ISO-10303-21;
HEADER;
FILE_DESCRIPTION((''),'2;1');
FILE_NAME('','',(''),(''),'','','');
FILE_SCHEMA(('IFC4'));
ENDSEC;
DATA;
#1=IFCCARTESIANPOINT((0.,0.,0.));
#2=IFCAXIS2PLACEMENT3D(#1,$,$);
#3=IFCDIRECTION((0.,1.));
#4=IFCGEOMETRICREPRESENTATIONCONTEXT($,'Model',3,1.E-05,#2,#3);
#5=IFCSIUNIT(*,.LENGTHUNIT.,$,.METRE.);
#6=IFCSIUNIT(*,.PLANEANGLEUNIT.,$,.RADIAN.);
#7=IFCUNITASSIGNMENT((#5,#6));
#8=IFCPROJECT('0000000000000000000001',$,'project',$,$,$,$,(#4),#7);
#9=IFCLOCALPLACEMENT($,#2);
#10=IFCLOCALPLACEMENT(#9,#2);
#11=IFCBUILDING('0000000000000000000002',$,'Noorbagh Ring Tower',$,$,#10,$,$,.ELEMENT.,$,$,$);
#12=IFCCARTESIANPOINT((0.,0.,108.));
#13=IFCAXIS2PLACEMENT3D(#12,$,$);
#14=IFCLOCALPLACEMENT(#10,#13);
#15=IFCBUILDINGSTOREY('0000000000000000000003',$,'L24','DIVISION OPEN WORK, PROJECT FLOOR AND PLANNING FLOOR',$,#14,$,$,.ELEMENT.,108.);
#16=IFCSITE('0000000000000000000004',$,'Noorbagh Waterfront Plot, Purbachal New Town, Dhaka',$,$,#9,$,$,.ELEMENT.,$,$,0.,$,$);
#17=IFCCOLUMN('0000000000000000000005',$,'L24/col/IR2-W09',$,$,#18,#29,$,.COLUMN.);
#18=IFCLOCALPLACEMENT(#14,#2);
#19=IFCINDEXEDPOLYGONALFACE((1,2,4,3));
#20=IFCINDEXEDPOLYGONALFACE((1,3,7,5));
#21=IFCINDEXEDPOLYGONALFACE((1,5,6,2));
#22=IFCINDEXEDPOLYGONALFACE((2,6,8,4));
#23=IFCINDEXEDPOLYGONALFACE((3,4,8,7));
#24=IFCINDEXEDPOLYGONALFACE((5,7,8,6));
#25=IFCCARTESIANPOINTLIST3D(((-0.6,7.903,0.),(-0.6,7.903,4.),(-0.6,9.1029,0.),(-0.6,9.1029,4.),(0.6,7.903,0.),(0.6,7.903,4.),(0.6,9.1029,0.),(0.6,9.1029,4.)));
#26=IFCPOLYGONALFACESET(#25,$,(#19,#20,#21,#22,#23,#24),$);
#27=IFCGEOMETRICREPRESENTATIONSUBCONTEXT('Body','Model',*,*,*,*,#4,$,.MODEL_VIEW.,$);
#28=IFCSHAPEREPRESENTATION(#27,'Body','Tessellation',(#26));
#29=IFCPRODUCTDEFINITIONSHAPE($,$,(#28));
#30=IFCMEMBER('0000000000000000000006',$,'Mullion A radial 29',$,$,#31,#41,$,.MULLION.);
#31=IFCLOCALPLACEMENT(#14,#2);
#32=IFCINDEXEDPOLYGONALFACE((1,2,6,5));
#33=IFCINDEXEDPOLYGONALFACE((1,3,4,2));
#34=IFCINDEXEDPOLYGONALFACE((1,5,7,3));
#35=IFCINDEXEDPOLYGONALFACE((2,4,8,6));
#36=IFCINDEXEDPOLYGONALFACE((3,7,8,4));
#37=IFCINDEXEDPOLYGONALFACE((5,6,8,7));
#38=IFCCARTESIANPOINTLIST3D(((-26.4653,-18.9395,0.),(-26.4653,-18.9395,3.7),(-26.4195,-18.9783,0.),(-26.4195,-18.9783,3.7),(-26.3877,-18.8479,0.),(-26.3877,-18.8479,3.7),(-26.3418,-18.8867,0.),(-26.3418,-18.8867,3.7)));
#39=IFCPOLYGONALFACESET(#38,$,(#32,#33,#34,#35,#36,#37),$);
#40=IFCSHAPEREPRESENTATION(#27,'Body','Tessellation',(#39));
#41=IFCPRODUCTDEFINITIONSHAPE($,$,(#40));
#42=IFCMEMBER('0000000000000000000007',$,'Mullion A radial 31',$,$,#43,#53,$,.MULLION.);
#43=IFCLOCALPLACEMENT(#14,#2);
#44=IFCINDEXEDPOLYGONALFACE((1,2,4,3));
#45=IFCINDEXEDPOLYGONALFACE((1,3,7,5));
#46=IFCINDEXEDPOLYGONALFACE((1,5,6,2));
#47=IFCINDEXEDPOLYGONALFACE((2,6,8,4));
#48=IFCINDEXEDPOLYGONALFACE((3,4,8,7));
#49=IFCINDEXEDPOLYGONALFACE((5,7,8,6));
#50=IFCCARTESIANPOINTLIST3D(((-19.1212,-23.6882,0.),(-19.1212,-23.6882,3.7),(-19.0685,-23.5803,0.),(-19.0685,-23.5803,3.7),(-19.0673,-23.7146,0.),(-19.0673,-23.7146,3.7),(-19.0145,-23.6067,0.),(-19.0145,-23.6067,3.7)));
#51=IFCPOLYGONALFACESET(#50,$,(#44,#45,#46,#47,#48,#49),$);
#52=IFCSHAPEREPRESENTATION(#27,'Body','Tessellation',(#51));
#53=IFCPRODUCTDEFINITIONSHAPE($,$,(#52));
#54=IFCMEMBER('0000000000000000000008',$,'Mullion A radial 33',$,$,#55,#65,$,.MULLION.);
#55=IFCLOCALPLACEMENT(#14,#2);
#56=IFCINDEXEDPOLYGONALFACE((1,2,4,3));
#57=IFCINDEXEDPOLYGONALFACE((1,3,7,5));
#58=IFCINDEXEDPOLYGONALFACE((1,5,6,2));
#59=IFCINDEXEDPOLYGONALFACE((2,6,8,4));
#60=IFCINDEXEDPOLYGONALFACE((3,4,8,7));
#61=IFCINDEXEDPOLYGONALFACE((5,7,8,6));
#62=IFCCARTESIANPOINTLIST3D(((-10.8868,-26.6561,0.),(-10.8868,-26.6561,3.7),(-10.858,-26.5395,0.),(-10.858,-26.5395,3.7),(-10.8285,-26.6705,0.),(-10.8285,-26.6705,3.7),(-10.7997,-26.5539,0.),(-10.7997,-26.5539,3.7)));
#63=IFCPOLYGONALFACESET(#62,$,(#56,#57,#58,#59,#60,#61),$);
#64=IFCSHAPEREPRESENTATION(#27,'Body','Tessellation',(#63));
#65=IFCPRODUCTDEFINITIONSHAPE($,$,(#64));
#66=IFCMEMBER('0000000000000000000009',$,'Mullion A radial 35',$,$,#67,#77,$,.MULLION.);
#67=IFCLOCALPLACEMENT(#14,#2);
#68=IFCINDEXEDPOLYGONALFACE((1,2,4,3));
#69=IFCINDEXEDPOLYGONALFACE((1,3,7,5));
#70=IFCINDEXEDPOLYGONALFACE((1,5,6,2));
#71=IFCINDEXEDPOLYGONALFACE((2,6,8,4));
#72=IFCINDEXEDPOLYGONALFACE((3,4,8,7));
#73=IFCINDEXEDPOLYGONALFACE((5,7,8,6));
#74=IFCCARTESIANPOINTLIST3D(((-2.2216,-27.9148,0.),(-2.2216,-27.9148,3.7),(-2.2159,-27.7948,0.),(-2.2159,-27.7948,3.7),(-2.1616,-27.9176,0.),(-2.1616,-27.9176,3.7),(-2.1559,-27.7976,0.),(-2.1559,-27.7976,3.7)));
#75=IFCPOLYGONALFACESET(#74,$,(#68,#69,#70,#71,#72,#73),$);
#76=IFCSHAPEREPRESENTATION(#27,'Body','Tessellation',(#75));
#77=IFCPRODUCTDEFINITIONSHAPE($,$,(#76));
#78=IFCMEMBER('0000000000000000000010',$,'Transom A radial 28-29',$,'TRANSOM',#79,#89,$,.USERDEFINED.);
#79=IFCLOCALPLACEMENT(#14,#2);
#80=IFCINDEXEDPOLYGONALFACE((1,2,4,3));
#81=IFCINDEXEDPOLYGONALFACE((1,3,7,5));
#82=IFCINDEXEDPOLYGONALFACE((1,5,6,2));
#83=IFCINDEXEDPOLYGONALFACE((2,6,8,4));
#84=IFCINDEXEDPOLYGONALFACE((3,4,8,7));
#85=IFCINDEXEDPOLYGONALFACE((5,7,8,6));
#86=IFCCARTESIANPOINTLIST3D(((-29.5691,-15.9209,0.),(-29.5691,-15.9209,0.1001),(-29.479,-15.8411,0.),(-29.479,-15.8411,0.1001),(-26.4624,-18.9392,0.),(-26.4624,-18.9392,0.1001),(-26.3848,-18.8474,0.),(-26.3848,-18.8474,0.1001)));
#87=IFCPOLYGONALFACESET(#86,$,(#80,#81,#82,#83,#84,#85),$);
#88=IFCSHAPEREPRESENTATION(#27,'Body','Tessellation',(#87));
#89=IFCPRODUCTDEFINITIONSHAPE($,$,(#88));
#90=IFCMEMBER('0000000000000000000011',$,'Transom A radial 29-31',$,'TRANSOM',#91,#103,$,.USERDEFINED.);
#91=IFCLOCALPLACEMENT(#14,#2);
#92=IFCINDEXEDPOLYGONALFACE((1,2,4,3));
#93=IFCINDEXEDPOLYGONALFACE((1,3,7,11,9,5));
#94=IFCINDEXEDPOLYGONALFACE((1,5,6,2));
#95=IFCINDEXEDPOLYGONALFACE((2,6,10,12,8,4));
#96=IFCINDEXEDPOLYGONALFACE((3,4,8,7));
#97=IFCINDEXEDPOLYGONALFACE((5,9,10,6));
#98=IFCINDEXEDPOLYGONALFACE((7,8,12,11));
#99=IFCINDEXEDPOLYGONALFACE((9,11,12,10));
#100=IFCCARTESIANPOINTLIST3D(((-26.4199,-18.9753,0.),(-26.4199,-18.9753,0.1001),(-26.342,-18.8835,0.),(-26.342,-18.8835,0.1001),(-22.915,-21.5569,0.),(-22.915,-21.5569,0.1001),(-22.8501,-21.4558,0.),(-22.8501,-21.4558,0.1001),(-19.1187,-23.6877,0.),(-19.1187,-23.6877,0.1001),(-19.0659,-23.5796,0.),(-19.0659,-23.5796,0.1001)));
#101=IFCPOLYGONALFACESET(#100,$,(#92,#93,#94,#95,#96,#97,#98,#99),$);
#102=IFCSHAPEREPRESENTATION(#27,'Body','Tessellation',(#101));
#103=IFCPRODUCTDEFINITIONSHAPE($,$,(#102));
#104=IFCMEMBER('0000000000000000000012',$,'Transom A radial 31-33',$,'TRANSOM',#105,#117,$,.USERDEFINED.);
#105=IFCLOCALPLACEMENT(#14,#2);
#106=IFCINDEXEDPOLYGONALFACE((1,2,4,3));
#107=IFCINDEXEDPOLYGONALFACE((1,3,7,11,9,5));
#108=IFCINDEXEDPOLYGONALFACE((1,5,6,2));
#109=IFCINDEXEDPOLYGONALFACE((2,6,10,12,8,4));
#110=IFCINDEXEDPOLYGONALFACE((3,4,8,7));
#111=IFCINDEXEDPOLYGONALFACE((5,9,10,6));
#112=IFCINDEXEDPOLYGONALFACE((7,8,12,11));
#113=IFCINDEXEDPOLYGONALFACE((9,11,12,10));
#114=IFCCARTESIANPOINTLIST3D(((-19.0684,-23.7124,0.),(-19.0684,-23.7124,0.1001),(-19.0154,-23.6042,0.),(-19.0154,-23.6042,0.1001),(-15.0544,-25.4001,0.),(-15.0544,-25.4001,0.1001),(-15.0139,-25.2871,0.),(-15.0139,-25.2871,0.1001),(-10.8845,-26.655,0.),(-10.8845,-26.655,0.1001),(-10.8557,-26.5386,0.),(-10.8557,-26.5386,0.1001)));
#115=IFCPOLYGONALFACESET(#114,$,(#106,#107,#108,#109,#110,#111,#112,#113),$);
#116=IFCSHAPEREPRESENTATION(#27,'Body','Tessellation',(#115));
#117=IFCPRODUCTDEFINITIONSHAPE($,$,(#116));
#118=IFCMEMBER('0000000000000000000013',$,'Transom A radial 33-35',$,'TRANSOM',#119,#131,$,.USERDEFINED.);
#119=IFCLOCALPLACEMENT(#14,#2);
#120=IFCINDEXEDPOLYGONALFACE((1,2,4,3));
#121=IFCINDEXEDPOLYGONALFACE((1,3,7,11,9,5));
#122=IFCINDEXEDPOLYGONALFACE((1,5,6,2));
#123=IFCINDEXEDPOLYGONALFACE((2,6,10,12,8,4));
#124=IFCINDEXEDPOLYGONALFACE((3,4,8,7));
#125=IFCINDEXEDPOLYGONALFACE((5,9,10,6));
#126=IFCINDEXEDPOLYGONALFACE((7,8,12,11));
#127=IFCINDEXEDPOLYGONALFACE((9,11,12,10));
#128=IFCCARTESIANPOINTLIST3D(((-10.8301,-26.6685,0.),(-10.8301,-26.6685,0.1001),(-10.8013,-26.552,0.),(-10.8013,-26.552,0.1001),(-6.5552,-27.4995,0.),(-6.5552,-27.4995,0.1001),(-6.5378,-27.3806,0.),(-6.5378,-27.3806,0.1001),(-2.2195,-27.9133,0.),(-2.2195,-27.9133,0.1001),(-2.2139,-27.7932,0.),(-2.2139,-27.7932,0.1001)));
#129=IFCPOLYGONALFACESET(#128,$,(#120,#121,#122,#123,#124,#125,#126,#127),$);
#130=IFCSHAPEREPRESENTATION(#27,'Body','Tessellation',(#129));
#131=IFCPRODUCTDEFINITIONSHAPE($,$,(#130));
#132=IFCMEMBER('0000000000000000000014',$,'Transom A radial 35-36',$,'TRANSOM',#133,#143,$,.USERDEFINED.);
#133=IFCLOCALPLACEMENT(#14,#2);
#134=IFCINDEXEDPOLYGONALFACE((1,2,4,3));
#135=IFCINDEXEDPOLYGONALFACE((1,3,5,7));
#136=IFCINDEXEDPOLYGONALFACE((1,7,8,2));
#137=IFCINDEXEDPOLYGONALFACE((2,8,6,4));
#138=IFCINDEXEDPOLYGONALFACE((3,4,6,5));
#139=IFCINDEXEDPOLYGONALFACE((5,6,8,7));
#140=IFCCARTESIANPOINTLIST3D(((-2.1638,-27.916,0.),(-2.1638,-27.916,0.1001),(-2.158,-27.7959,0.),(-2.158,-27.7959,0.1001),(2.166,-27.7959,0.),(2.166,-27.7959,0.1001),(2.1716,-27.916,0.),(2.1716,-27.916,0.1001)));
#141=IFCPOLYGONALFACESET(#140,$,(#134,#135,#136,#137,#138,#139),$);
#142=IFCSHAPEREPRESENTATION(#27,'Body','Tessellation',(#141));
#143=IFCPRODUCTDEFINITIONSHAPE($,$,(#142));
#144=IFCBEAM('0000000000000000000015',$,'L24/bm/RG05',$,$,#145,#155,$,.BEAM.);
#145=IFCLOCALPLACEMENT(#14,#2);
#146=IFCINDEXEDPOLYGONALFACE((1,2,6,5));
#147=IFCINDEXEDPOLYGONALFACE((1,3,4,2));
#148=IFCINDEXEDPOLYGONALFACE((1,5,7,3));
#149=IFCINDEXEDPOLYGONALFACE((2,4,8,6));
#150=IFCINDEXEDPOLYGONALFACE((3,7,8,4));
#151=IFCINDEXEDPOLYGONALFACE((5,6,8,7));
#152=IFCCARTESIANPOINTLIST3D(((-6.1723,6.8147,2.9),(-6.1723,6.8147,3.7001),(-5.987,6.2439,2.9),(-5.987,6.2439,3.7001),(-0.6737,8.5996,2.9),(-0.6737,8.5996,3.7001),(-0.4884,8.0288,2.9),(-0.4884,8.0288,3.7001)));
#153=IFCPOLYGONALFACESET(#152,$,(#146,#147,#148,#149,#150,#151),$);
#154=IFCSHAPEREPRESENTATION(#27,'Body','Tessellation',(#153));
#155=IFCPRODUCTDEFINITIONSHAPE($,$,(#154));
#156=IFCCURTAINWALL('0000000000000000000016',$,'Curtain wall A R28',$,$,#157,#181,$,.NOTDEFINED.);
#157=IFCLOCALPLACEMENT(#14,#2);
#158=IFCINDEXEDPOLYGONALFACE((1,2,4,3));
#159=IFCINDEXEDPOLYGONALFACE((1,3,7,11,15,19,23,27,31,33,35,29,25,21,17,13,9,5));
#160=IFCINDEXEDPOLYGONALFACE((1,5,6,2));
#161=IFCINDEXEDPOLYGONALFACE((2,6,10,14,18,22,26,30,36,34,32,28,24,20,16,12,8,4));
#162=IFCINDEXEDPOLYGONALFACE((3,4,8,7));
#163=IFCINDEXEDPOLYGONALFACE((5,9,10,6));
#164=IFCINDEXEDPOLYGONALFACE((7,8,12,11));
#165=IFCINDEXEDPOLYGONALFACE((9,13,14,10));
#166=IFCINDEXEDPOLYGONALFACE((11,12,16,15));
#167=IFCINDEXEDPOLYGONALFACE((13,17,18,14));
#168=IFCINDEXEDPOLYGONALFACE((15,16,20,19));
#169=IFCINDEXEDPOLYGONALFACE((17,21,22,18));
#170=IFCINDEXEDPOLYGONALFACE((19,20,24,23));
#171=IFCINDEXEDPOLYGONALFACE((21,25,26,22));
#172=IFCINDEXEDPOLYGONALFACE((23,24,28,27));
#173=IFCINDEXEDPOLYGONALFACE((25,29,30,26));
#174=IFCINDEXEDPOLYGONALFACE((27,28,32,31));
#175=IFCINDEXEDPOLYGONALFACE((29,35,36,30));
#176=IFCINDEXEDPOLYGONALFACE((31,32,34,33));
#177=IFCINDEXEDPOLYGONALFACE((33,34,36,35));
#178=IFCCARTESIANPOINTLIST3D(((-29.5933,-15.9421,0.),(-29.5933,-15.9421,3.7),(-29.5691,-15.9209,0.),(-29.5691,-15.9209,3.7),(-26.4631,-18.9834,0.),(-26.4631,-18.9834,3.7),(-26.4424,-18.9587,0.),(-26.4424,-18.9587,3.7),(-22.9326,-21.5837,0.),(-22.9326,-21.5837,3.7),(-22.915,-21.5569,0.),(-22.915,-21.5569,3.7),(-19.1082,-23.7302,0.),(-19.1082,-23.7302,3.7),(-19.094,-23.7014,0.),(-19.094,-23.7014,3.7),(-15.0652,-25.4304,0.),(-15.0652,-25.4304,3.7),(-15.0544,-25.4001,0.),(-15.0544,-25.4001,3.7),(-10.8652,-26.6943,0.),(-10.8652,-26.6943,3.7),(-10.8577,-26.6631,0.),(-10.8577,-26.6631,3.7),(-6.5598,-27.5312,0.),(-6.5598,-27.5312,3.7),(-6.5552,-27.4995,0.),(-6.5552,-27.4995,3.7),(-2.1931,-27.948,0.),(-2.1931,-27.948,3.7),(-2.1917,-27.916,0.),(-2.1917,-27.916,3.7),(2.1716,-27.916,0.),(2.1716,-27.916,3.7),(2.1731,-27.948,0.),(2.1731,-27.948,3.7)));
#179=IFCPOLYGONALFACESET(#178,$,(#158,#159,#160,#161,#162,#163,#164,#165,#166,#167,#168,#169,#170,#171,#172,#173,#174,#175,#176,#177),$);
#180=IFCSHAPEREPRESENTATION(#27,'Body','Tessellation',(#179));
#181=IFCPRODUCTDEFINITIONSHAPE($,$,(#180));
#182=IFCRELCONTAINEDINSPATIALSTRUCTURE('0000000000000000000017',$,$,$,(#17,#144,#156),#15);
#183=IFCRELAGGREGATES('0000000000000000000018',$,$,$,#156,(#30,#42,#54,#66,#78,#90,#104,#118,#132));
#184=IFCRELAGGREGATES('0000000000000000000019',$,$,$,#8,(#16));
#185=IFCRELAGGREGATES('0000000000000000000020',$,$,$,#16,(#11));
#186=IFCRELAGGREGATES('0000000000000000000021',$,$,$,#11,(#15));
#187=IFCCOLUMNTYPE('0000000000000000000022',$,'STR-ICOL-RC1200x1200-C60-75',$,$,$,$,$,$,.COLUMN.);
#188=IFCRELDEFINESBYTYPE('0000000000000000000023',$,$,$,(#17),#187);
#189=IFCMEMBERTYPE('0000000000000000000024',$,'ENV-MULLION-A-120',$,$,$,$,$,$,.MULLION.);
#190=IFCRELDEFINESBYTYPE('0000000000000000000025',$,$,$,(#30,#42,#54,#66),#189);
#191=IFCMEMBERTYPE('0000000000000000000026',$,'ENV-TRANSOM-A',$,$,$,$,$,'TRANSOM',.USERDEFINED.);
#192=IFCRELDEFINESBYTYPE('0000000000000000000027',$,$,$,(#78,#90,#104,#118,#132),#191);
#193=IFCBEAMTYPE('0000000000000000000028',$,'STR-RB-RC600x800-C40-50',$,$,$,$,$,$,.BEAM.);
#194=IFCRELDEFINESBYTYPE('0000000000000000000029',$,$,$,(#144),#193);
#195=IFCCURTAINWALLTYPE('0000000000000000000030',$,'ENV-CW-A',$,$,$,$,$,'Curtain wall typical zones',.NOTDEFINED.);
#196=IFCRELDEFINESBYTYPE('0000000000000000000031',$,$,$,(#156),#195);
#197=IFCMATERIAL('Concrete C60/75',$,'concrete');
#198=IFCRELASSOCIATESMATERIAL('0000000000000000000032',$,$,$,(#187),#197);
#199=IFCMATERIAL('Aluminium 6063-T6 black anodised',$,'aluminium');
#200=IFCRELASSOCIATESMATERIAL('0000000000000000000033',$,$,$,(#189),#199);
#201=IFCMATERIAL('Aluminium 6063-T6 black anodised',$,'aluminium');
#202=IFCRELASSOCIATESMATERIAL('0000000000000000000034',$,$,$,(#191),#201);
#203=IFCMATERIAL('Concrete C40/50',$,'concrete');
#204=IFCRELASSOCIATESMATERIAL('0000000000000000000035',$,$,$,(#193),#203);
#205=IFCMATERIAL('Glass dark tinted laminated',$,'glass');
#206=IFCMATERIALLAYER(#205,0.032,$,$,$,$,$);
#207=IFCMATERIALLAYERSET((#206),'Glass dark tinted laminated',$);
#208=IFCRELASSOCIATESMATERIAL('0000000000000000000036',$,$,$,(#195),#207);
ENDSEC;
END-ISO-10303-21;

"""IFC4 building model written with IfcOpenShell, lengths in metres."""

from ifc_helpers import new_model, si_unit, direction, frame, origin, origin_2d, place, context, subcontext, project, spatial, polyline, rectangle, outline, extrude, material, layer, layer_set, material_profile, profile_set, type_object, element, aggregate, save


model = new_model("IFC4")

# Units and contexts
model_context = context("Model", 3, precision=1e-05, world=origin(), true_north=direction((0.0, 1.0)))
body_context = subcontext(model_context, "Body", "Model", "MODEL_VIEW")
ifc_project = project(units=[si_unit("LENGTHUNIT", "METRE"), si_unit("PLANEANGLEUNIT", "RADIAN")], contexts=[model_context])

# Site, building, storey
site_placement = place(None, origin())
site = spatial("IfcSite", under=ifc_project, at=site_placement, Name="Noorbagh Waterfront Plot, Purbachal New Town, Dhaka", CompositionType="ELEMENT", RefElevation=0.0)
building_placement = place(site_placement, origin())
building = spatial("IfcBuilding", under=site, at=building_placement, Name="Noorbagh Ring Tower", CompositionType="ELEMENT")
storey_placement = place(building_placement, frame((0.0, 0.0, 108.0)))
storey = spatial("IfcBuildingStorey", under=building, at=storey_placement, Name="L24", Description="DIVISION OPEN WORK, PROJECT FLOOR AND PLANNING FLOOR", CompositionType="ELEMENT", Elevation=108.0)

# Column
ifc_material_1 = material(Name="Concrete C60/75", Category="concrete")
ifc_material_profile_1 = material_profile(ifc_material_1, rectangle(XDim=1.2, YDim=1.2, at=origin_2d()), Name="RC1200x1200")
ifc_profile_set_1 = profile_set([ifc_material_profile_1], Name="Concrete C60/75")
column_type = type_object("IfcColumnType", Name="STR-ICOL-RC1200x1200-C60-75", PredefinedType="COLUMN", material=ifc_profile_set_1)
column_placement = place(storey_placement, frame((0.0, 8.5029, 0.0), z_axis=(0.0, 0.0, 1.0), x_axis=(-1.0, 0.0, 0.0)))
element("IfcColumn", 1, at=column_placement, inside=storey, type_object=column_type, Name="L24/col/IR2-W09", PredefinedType="COLUMN", context=body_context, shape_type="SweptSolid", body=[
    extrude(rectangle(XDim=1.2, YDim=1.2, at=origin_2d()), origin(), (0.0, 0.0, 1.0), 4.0),
])

# Members
ifc_material_2 = material(Name="Aluminium 6063-T6 black anodised", Category="aluminium")
ifc_material_profile_2 = material_profile(ifc_material_2, rectangle(XDim=0.1201, YDim=0.0601, at=origin_2d()), Name="120x60")
ifc_profile_set_2 = profile_set([ifc_material_profile_2], Name="Aluminium 6063-T6 black anodised")
member_type_1 = type_object("IfcMemberType", Name="ENV-MULLION-A-120", PredefinedType="MULLION", material=ifc_profile_set_2)
member_1_placement = place(storey_placement, frame((-26.4036, -18.9131, 0.0), z_axis=(0.0, 0.0, 1.0), x_axis=(0.646451, 0.762955, 0.0)))
member_1 = element("IfcMember", 2, at=member_1_placement, type_object=member_type_1, Name="Mullion A radial 29", PredefinedType="MULLION", context=body_context, shape_type="SweptSolid", body=[
    extrude(rectangle(XDim=0.1201, YDim=0.0601, at=origin_2d()), origin(), (0.0, 0.0, 1.0), 3.7),
])
member_2_placement = place(storey_placement, frame((-19.0679, -23.6475, 0.0), z_axis=(0.0, 0.0, 1.0), x_axis=(0.439238, 0.898371, 0.0)))
member_2 = element("IfcMember", 3, at=member_2_placement, type_object=member_type_1, Name="Mullion A radial 31", PredefinedType="MULLION", context=body_context, shape_type="SweptSolid", body=[
    extrude(rectangle(XDim=0.1201, YDim=0.0601, at=origin_2d()), origin(), (0.0, 0.0, 1.0), 3.7),
])
member_3_placement = place(storey_placement, frame((-10.8433, -26.605, 0.0), z_axis=(0.0, 0.0, 1.0), x_axis=(0.239799, 0.970823, 0.0)))
member_3 = element("IfcMember", 4, at=member_3_placement, type_object=member_type_1, Name="Mullion A radial 33", PredefinedType="MULLION", context=body_context, shape_type="SweptSolid", body=[
    extrude(rectangle(XDim=0.1201, YDim=0.0601, at=origin_2d()), origin(), (0.0, 0.0, 1.0), 3.7),
])
member_4_placement = place(storey_placement, frame((-2.1887, -27.8562, 0.0), z_axis=(0.0, 0.0, 1.0), x_axis=(0.047558, 0.998868, 0.0)))
member_4 = element("IfcMember", 5, at=member_4_placement, type_object=member_type_1, Name="Mullion A radial 35", PredefinedType="MULLION", context=body_context, shape_type="SweptSolid", body=[
    extrude(rectangle(XDim=0.1201, YDim=0.0601, at=origin_2d()), origin(), (0.0, 0.0, 1.0), 3.7),
])
ifc_material_3 = material(Name="Aluminium 6063-T6 black anodised", Category="aluminium")
member_type_2 = type_object("IfcMemberType", Name="ENV-TRANSOM-A", ElementType="TRANSOM", PredefinedType="USERDEFINED", material=ifc_material_3)
member_5_placement = place(storey_placement, origin())
member_5 = element("IfcMember", 6, at=member_5_placement, type_object=member_type_2, Name="Transom A radial 28-29", ObjectType="TRANSOM", PredefinedType="USERDEFINED", context=body_context, shape_type="SweptSolid", body=[
    extrude(outline(polyline([(-29.5691, -15.9209), (-26.4624, -18.9392), (-26.3848, -18.8474), (-29.479, -15.8411), (-29.5691, -15.9209)])), origin(), (0.0, 0.0, 1.0), 0.1001),
])
member_6_placement = place(storey_placement, origin())
member_6 = element("IfcMember", 7, at=member_6_placement, type_object=member_type_2, Name="Transom A radial 29-31", ObjectType="TRANSOM", PredefinedType="USERDEFINED", context=body_context, shape_type="SweptSolid", body=[
    extrude(outline(polyline([(-26.4199, -18.9753), (-22.915, -21.5569), (-19.1187, -23.6877), (-19.0659, -23.5796), (-22.8501, -21.4558), (-26.342, -18.8835), (-26.4199, -18.9753)])), origin(), (0.0, 0.0, 1.0), 0.1001),
])
member_7_placement = place(storey_placement, origin())
member_7 = element("IfcMember", 8, at=member_7_placement, type_object=member_type_2, Name="Transom A radial 31-33", ObjectType="TRANSOM", PredefinedType="USERDEFINED", context=body_context, shape_type="SweptSolid", body=[
    extrude(outline(polyline([(-19.0684, -23.7124), (-15.0544, -25.4001), (-10.8845, -26.655), (-10.8557, -26.5386), (-15.0139, -25.2871), (-19.0154, -23.6042), (-19.0684, -23.7124)])), origin(), (0.0, 0.0, 1.0), 0.1001),
])
member_8_placement = place(storey_placement, origin())
member_8 = element("IfcMember", 9, at=member_8_placement, type_object=member_type_2, Name="Transom A radial 33-35", ObjectType="TRANSOM", PredefinedType="USERDEFINED", context=body_context, shape_type="SweptSolid", body=[
    extrude(outline(polyline([(-10.8301, -26.6685), (-6.5552, -27.4995), (-2.2195, -27.9133), (-2.2139, -27.7932), (-6.5378, -27.3806), (-10.8013, -26.552), (-10.8301, -26.6685)])), origin(), (0.0, 0.0, 1.0), 0.1001),
])
member_9_placement = place(storey_placement, origin())
member_9 = element("IfcMember", 10, at=member_9_placement, type_object=member_type_2, Name="Transom A radial 35-36", ObjectType="TRANSOM", PredefinedType="USERDEFINED", context=body_context, shape_type="SweptSolid", body=[
    extrude(outline(polyline([(-2.1638, -27.916), (2.1716, -27.916), (2.166, -27.7959), (-2.158, -27.7959), (-2.1638, -27.916)])), origin(), (0.0, 0.0, 1.0), 0.1001),
])

# Beam
ifc_material_4 = material(Name="Concrete C40/50", Category="concrete")
ifc_material_profile_3 = material_profile(ifc_material_4, rectangle(XDim=0.6001, YDim=0.8, at=origin_2d()), Name="RC600x800")
ifc_profile_set_3 = profile_set([ifc_material_profile_3], Name="Concrete C40/50")
beam_type = type_object("IfcBeamType", Name="STR-RB-RC600x800-C40-50", PredefinedType="BEAM", material=ifc_profile_set_3)
beam_placement = place(storey_placement, frame((-0.5811, 8.3142, 3.3), z_axis=(-0.951141, -0.308756, 0.0), x_axis=(0.308756, -0.951141, 0.0)))
element("IfcBeam", 11, at=beam_placement, inside=storey, type_object=beam_type, Name="L24/bm/RG05", PredefinedType="BEAM", context=body_context, shape_type="SweptSolid", body=[
    extrude(rectangle(XDim=0.6001, YDim=0.8, at=origin_2d()), origin(), (0.0, 0.0, 1.0), 5.781),
])

# Curtain wall
ifc_material_5 = material(Name="Glass dark tinted laminated", Category="glass")
ifc_layer_1 = layer(ifc_material_5, 0.032)
ifc_layer_set_1 = layer_set([ifc_layer_1], Name="Glass dark tinted laminated")
curtain_wall_type = type_object("IfcCurtainWallType", Name="ENV-CW-A", ElementType="Curtain wall typical zones", PredefinedType="NOTDEFINED", material=ifc_layer_set_1)
curtain_wall_1_placement = place(storey_placement, origin())
curtain_wall_1 = element("IfcCurtainWall", 12, at=curtain_wall_1_placement, inside=storey, type_object=curtain_wall_type, Name="Curtain wall A R28", PredefinedType="NOTDEFINED", context=body_context, shape_type="SweptSolid", body=[
    extrude(outline(polyline([(-29.5933, -15.9421), (-26.4631, -18.9834), (-22.9326, -21.5837), (-19.1082, -23.7302), (-15.0652, -25.4304), (-10.8652, -26.6943), (-6.5598, -27.5312), (-2.1931, -27.948), (2.1731, -27.948), (2.1716, -27.916), (-2.1917, -27.916), (-6.5552, -27.4995), (-10.8577, -26.6631), (-15.0544, -25.4001), (-19.094, -23.7014), (-22.915, -21.5569), (-26.4424, -18.9587), (-29.5691, -15.9209), (-29.5933, -15.9421)])), origin(), (0.0, 0.0, 1.0), 3.7),
])
aggregate(curtain_wall_1, [member_1, member_2, member_3, member_4, member_5, member_6, member_7, member_8, member_9])

save(model, "model.ifc")
